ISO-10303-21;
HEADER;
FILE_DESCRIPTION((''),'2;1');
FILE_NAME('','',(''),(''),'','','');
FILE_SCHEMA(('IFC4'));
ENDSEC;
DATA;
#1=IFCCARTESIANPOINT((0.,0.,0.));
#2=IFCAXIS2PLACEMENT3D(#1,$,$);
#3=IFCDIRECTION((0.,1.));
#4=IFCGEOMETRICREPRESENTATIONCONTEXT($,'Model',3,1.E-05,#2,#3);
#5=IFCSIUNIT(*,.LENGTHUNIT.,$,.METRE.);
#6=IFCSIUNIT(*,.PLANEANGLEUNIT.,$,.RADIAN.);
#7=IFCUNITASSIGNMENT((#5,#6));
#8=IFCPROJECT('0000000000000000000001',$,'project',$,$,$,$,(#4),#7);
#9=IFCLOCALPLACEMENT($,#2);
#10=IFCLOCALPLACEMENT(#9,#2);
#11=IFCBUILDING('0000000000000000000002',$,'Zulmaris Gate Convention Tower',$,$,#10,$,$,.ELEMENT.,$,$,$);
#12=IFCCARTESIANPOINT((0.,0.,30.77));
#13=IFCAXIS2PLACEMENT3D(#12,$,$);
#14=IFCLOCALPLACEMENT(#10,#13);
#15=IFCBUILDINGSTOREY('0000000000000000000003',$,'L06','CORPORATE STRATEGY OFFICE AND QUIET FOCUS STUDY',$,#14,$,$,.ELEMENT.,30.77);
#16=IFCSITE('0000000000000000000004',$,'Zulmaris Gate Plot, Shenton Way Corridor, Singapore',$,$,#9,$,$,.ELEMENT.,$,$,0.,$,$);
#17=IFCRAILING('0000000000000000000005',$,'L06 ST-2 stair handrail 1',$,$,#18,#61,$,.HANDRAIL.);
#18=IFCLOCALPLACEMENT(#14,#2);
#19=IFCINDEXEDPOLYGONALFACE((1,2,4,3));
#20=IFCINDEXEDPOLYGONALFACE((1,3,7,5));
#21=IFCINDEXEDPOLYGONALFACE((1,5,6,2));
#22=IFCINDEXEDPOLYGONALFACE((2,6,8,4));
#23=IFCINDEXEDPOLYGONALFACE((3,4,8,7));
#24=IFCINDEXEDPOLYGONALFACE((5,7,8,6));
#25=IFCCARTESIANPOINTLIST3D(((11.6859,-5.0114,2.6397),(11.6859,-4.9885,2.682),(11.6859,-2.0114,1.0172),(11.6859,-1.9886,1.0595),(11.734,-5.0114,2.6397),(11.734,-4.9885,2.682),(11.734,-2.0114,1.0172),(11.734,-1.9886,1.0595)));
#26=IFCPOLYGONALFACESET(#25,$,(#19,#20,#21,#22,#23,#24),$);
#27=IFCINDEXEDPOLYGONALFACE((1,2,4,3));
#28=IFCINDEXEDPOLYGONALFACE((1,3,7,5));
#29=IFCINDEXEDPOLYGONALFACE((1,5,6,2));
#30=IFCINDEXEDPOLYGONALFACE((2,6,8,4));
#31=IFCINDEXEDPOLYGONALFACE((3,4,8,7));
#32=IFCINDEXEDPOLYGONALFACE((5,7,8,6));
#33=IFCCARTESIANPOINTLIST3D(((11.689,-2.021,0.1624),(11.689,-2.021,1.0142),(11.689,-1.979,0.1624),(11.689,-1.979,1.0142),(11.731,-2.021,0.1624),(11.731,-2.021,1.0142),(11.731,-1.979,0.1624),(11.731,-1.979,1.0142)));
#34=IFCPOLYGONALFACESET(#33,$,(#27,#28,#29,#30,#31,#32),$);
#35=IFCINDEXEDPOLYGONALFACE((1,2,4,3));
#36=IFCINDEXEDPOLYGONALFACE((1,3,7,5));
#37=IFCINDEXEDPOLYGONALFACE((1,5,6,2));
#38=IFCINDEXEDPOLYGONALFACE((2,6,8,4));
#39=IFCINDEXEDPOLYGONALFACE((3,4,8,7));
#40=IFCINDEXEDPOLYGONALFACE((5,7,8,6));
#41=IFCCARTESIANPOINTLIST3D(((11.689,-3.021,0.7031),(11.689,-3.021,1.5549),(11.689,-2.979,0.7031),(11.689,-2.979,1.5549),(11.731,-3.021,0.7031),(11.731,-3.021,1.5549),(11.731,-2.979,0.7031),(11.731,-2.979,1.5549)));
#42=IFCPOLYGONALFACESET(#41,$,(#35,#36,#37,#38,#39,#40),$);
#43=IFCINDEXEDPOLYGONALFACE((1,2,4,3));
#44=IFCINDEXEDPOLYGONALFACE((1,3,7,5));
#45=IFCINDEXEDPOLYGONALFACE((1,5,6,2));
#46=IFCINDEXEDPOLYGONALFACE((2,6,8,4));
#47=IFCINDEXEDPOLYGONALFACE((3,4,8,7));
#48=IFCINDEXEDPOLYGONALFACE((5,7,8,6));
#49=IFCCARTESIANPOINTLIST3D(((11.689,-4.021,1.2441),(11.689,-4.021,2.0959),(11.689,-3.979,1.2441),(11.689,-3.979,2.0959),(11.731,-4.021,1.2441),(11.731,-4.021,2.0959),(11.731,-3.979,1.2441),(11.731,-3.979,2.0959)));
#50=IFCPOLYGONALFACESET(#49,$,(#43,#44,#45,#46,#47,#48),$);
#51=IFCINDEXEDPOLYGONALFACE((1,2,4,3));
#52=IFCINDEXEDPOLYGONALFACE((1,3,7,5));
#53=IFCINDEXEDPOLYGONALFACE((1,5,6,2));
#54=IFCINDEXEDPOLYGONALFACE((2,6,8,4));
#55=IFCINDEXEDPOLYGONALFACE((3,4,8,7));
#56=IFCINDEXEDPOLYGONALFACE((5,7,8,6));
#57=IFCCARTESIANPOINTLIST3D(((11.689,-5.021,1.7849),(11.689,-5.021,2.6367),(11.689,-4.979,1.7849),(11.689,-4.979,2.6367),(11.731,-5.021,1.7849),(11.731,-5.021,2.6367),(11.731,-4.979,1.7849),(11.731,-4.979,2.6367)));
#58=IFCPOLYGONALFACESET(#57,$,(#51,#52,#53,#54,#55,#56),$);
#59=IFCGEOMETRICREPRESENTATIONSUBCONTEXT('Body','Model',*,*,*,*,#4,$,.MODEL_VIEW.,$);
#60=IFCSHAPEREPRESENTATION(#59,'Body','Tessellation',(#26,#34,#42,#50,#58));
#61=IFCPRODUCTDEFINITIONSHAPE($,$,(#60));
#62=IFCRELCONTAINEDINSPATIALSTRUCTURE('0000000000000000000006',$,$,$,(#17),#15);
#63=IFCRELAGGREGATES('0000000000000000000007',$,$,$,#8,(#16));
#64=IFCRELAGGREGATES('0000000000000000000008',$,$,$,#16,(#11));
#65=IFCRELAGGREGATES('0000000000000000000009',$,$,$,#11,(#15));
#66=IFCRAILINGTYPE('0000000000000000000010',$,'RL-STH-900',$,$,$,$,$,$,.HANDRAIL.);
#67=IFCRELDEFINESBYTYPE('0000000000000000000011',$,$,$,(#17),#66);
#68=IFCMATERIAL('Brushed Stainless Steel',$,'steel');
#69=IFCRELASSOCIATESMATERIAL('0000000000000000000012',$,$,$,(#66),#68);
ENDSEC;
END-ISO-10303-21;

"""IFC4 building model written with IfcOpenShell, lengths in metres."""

from ifc_helpers import new_model, si_unit, direction, frame, origin, origin_2d, place, context, subcontext, project, spatial, rectangle, extrude, material, type_object, element, save


model = new_model("IFC4")

# Units and contexts
model_context = context("Model", 3, precision=1e-05, world=origin(), true_north=direction((0.0, 1.0)))
body_context = subcontext(model_context, "Body", "Model", "MODEL_VIEW")
ifc_project = project(units=[si_unit("LENGTHUNIT", "METRE"), si_unit("PLANEANGLEUNIT", "RADIAN")], contexts=[model_context])

# Site, building, storey
site_placement = place(None, origin())
site = spatial("IfcSite", under=ifc_project, at=site_placement, Name="Zulmaris Gate Plot, Shenton Way Corridor, Singapore", CompositionType="ELEMENT", RefElevation=0.0)
building_placement = place(site_placement, origin())
building = spatial("IfcBuilding", under=site, at=building_placement, Name="Zulmaris Gate Convention Tower", CompositionType="ELEMENT")
storey_placement = place(building_placement, frame((0.0, 0.0, 30.77)))
storey = spatial("IfcBuildingStorey", under=building, at=storey_placement, Name="L06", Description="CORPORATE STRATEGY OFFICE AND QUIET FOCUS STUDY", CompositionType="ELEMENT", Elevation=30.77)

# Railing
ifc_material_1 = material(Name="Brushed Stainless Steel", Category="steel")
railing_type_1 = type_object("IfcRailingType", Name="RL-STH-900", PredefinedType="HANDRAIL", material=ifc_material_1)
railing_1_placement = place(storey_placement, frame((11.71, -2.0, 0.1624)))
element("IfcRailing", 1, at=railing_1_placement, inside=storey, type_object=railing_type_1, Name="L06 ST-2 stair handrail 1", PredefinedType="HANDRAIL", context=body_context, shape_type="SweptSolid", body=[
    extrude(rectangle(XDim=0.0481, YDim=0.0481, at=origin_2d()), frame((0.0, 0.0, 0.876), z_axis=(0.0, -0.879592, 0.47573), x_axis=(1.0, 0.0, 0.0)), (0.0, 0.0, 1.0), 3.4106),
    extrude(rectangle(XDim=0.042, YDim=0.042, at=origin_2d()), origin(), (0.0, 0.0, 1.0), 0.8518),
    extrude(rectangle(XDim=0.042, YDim=0.042, at=origin_2d()), frame((0.0, -1.0, 0.5408)), (0.0, 0.0, 1.0), 0.8518),
    extrude(rectangle(XDim=0.042, YDim=0.042, at=origin_2d()), frame((0.0, -2.0, 1.0818)), (0.0, 0.0, 1.0), 0.8518),
    extrude(rectangle(XDim=0.042, YDim=0.042, at=origin_2d()), frame((0.0, -3.0, 1.6226)), (0.0, 0.0, 1.0), 0.8518),
])

save(model, "model.ifc")
